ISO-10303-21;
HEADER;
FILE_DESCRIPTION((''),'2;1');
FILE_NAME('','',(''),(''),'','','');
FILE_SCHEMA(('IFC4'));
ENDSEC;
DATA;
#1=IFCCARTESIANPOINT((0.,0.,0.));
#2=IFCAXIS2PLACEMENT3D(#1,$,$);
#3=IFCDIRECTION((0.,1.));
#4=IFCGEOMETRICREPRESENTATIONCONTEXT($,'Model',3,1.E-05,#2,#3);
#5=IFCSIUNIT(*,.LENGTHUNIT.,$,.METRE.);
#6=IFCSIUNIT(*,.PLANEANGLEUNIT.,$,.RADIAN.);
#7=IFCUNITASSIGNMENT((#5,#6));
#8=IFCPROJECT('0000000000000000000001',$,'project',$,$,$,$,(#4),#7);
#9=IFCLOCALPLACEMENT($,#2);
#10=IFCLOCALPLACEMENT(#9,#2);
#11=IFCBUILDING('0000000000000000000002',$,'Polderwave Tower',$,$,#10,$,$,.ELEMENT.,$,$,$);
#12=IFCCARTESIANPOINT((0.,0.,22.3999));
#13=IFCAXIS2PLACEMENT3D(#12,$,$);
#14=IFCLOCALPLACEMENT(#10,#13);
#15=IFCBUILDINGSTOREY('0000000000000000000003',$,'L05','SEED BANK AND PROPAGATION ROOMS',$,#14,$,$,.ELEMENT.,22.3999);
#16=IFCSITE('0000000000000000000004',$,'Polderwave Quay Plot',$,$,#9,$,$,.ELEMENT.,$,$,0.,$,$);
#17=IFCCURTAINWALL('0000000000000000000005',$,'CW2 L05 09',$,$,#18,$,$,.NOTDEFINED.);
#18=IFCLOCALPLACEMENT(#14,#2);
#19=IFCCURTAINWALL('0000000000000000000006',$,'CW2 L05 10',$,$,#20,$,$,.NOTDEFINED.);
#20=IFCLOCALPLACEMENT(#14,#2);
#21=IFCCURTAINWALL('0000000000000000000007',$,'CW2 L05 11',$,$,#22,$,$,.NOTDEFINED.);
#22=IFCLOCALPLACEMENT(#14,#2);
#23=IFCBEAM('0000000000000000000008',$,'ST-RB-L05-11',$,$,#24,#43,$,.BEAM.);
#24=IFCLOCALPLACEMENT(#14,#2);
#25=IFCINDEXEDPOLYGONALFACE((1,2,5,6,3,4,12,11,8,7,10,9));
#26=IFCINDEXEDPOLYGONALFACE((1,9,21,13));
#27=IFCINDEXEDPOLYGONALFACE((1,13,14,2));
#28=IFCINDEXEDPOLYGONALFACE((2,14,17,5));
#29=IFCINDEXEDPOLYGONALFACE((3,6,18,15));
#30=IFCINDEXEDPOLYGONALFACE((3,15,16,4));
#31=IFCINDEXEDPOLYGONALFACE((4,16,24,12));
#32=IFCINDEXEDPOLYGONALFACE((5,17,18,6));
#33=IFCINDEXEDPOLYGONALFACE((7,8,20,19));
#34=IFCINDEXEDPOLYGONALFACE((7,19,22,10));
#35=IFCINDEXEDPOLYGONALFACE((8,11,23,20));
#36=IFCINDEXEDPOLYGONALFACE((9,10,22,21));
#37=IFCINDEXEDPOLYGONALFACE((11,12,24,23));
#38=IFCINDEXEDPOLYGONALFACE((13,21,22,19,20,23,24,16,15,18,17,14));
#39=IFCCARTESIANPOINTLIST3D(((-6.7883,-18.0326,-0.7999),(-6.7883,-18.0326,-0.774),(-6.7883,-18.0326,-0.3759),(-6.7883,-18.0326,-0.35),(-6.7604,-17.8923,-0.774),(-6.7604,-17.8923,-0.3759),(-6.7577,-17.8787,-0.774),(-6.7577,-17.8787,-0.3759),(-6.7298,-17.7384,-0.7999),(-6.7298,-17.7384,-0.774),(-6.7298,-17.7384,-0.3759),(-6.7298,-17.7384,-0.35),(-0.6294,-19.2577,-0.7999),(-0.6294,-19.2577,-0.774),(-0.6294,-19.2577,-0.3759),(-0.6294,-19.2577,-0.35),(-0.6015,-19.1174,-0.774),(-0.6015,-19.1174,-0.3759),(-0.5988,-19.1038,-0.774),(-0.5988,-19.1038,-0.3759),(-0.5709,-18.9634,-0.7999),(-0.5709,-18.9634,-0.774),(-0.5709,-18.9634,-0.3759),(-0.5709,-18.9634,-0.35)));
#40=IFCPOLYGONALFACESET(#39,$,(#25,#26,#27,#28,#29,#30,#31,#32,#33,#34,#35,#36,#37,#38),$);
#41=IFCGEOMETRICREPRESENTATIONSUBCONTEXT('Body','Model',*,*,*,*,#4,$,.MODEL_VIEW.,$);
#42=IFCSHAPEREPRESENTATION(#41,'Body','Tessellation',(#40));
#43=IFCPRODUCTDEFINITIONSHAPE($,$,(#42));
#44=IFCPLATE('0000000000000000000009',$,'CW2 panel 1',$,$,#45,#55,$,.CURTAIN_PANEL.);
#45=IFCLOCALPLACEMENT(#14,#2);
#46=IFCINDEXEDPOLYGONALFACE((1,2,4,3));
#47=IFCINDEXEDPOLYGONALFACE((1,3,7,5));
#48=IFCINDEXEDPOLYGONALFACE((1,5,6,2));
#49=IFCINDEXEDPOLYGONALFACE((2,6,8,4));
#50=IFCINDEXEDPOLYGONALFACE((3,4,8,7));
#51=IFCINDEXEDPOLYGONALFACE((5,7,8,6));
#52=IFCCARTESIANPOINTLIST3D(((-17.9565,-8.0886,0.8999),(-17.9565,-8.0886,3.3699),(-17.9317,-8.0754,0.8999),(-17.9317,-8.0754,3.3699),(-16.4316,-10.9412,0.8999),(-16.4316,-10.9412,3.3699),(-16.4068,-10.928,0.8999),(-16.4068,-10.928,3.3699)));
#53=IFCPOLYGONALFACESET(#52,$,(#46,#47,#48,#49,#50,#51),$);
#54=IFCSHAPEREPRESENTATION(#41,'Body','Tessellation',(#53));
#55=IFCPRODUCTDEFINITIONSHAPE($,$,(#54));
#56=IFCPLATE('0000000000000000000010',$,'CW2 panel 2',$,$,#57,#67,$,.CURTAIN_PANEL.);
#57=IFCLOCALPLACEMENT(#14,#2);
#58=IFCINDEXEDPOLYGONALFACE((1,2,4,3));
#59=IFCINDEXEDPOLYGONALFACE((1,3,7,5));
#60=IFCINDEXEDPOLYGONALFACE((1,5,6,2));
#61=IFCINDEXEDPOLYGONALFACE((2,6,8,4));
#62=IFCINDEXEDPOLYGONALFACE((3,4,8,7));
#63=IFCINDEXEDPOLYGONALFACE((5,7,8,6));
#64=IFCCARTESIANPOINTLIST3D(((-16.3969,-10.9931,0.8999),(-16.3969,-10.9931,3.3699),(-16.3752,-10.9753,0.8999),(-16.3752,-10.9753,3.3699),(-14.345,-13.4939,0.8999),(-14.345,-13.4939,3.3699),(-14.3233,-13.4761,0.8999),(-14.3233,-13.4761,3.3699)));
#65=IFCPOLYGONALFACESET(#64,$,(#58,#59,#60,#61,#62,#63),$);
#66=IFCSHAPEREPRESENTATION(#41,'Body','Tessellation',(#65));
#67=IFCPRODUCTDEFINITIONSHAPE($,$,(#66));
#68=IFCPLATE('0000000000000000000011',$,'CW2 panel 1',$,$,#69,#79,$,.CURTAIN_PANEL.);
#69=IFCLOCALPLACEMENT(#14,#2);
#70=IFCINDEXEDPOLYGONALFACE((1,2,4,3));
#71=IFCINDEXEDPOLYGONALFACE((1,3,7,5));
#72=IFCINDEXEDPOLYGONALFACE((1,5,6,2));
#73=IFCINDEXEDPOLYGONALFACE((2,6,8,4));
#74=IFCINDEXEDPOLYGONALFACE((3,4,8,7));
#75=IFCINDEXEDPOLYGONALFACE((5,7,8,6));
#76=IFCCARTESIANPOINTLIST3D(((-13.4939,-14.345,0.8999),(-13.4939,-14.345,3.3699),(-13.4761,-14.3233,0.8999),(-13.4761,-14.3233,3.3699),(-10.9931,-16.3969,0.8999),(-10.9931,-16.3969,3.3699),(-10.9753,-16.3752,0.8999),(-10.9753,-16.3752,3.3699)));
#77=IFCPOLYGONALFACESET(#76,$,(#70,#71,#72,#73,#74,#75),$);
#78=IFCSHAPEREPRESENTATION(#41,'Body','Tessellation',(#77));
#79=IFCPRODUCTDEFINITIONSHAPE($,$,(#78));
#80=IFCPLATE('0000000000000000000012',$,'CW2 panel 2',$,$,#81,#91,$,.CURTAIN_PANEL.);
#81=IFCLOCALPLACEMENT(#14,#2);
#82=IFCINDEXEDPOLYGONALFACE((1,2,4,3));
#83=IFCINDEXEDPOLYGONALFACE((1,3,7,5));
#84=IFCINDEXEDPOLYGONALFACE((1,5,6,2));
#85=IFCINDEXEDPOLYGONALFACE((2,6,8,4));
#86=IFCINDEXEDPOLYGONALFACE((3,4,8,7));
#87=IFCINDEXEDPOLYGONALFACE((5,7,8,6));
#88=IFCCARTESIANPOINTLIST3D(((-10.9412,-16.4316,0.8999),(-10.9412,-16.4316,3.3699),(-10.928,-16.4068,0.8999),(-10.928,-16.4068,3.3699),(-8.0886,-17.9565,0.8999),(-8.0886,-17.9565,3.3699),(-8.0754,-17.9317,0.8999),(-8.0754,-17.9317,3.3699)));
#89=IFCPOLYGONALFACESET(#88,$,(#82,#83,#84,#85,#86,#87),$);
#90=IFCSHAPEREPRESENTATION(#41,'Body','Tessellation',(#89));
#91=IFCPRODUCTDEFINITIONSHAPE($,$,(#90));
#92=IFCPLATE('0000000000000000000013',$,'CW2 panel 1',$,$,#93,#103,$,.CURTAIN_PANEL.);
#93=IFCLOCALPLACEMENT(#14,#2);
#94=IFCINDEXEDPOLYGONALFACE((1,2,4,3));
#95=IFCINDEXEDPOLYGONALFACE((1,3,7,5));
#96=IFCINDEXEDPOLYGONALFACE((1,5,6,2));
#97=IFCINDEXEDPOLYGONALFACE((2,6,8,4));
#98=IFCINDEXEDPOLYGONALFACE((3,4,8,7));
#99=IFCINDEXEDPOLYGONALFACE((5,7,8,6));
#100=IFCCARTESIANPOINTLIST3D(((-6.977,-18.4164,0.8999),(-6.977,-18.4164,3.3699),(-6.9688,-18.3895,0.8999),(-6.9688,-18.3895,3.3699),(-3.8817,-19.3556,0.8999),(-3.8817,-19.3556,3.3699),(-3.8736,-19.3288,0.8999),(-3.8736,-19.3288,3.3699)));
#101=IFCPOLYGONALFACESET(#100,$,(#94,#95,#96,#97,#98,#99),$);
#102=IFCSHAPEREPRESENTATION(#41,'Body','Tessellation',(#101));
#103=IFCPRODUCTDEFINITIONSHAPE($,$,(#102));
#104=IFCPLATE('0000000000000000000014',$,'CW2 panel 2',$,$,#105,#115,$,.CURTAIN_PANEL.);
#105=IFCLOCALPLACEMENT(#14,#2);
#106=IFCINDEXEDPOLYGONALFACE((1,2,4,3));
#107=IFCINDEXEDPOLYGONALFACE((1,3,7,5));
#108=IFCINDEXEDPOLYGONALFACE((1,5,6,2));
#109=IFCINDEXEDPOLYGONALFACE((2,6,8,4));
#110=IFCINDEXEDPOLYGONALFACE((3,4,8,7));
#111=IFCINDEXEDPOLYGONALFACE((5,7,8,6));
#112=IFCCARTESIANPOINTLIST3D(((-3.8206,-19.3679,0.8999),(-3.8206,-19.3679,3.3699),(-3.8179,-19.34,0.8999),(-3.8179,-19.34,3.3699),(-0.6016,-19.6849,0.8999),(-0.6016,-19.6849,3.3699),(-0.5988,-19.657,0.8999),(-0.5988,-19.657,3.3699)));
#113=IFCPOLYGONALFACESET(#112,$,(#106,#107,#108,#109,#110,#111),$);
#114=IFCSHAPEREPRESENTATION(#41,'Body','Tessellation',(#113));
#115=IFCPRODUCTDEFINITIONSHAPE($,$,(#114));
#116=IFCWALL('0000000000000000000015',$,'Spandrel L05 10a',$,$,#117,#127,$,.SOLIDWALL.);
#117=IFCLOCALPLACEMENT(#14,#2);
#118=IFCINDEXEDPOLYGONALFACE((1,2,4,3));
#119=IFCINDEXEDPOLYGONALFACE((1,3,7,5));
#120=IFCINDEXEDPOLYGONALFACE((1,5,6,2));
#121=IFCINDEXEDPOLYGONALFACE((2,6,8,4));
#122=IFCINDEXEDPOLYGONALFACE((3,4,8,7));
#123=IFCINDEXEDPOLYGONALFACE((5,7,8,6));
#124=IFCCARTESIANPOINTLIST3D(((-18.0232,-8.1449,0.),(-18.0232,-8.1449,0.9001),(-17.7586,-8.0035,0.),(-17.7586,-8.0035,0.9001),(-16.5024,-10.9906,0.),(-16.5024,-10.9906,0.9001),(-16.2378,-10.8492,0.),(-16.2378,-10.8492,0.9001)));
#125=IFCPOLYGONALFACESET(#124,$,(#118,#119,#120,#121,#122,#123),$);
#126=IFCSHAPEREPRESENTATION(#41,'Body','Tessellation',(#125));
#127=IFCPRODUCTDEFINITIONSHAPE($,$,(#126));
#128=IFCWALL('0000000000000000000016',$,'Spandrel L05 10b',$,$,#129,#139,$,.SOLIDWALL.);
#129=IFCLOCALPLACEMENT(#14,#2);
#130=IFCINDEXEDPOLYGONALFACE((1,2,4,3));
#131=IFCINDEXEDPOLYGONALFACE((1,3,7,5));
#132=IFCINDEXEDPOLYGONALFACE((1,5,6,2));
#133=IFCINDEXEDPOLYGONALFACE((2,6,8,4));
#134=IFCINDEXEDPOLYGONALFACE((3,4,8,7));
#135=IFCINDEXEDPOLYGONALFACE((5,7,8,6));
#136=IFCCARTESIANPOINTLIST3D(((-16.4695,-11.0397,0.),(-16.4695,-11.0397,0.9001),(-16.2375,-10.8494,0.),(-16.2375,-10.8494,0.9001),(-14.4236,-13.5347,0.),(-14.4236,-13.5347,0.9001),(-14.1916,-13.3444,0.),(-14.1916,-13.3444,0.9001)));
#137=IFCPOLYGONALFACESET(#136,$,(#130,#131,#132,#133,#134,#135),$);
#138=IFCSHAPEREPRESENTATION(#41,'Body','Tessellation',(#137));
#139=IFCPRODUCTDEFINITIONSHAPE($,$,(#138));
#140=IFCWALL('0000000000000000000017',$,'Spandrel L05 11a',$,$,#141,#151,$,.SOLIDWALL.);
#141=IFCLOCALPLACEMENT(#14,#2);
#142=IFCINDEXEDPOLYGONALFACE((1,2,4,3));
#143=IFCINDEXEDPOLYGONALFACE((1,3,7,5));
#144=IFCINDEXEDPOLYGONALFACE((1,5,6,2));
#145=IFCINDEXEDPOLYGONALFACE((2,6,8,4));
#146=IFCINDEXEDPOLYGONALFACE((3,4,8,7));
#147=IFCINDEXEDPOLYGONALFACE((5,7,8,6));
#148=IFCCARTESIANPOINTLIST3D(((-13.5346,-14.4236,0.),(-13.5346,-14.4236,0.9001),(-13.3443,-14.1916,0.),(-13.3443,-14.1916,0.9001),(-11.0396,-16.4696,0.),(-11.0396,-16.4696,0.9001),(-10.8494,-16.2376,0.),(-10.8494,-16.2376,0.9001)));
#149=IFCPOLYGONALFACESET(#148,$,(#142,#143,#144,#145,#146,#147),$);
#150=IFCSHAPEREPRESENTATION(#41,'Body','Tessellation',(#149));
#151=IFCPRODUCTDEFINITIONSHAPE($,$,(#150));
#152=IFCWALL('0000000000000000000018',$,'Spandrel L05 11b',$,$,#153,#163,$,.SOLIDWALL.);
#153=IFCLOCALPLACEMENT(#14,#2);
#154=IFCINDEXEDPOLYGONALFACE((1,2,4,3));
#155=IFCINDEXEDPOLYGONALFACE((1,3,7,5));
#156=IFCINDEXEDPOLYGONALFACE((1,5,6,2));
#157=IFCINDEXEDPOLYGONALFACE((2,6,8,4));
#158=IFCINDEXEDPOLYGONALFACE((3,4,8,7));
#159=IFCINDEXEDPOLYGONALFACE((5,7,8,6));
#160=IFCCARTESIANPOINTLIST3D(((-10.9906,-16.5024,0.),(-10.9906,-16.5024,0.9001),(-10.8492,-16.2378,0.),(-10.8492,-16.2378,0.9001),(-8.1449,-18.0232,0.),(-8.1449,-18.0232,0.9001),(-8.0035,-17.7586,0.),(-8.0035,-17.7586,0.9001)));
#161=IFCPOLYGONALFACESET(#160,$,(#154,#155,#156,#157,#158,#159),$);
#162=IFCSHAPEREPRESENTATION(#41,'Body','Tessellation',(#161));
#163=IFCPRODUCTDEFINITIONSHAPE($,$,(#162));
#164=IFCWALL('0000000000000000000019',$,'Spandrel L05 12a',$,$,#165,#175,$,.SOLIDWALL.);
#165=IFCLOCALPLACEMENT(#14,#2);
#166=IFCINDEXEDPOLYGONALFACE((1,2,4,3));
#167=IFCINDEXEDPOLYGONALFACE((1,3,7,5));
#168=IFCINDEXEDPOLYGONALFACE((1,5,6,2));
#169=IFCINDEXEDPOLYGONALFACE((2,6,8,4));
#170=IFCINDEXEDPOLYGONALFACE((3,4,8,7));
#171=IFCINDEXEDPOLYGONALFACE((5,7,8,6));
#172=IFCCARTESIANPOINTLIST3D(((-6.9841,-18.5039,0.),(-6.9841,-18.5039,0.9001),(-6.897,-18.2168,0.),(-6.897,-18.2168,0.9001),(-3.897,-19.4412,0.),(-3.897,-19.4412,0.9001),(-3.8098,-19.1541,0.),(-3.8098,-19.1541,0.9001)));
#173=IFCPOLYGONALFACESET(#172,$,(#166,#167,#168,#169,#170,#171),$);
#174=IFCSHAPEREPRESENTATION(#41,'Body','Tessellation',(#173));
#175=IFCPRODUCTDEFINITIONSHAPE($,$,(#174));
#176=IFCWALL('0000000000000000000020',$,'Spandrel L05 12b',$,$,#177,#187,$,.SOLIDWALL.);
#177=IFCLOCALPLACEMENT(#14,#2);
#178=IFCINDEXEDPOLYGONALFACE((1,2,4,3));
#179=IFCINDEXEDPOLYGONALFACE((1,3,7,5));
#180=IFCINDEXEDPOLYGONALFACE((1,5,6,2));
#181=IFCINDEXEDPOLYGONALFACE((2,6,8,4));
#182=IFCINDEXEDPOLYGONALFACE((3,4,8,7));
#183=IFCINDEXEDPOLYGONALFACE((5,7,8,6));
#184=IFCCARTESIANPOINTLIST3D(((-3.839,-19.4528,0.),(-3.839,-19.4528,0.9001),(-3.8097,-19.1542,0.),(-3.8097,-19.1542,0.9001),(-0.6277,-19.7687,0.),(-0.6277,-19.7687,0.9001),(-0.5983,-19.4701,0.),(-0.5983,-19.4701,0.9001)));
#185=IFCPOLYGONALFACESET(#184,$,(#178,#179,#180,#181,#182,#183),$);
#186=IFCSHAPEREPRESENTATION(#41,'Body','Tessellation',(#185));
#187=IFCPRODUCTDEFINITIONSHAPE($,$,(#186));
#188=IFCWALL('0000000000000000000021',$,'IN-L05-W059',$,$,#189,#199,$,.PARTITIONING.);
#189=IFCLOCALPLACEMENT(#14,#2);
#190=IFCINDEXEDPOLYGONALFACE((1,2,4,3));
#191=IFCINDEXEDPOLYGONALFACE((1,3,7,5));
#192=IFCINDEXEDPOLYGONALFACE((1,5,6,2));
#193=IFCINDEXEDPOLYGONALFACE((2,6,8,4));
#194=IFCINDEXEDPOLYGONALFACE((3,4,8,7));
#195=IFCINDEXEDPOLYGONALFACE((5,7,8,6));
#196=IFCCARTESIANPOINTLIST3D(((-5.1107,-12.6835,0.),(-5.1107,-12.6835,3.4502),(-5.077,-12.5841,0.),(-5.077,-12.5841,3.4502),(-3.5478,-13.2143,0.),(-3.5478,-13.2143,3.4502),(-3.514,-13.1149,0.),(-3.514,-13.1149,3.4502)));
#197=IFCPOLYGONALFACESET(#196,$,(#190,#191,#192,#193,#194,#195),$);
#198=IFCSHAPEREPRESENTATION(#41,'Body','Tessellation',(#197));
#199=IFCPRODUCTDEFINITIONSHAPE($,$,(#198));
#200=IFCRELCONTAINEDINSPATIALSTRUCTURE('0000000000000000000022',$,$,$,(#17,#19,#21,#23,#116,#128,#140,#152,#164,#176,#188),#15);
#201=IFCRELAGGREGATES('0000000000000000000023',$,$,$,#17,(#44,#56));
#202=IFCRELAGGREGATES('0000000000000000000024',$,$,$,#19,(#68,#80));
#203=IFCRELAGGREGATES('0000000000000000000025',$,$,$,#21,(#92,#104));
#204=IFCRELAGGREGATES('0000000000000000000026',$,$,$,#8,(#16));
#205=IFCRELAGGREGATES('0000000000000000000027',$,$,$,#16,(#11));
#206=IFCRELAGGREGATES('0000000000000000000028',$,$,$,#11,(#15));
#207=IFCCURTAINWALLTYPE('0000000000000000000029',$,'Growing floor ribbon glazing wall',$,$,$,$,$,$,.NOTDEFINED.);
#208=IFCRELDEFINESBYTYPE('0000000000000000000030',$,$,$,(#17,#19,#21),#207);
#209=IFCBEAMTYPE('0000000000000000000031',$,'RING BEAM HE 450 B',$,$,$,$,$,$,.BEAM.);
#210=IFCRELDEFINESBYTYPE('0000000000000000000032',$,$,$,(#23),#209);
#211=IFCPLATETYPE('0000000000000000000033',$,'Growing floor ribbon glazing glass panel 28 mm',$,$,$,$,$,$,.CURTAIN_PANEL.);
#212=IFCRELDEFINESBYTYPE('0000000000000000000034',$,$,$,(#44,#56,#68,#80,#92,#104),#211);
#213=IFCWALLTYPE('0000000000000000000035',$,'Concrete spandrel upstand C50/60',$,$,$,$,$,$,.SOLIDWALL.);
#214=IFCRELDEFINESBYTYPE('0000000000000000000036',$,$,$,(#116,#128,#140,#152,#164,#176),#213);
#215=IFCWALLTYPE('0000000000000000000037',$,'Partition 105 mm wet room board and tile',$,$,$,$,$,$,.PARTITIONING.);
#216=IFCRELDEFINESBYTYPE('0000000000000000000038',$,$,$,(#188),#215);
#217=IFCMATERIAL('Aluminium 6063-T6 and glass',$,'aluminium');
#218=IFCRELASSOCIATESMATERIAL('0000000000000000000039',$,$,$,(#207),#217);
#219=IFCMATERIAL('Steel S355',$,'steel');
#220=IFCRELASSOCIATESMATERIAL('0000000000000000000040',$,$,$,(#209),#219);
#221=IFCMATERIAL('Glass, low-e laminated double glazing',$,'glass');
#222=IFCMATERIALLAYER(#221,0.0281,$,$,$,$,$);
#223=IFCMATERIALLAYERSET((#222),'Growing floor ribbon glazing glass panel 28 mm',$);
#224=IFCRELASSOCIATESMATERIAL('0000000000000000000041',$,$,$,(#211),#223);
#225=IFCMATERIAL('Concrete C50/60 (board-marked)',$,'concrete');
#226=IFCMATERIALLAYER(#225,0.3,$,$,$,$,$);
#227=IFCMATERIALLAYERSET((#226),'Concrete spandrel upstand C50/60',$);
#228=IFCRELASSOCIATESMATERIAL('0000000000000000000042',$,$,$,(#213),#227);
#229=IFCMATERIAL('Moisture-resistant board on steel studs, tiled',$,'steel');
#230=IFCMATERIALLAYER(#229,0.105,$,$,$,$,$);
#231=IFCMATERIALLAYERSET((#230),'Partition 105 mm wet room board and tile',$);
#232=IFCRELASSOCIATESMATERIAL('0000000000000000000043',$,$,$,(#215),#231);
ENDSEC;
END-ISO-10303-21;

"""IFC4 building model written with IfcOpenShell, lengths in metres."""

from ifc_helpers import new_model, si_unit, direction, frame, frame_2d, origin, origin_2d, place, context, subcontext, project, spatial, rectangle, i_section, extrude, material, layer, layer_set, material_profile, profile_set, type_object, element, aggregate, save


model = new_model("IFC4")

# Units and contexts
model_context = context("Model", 3, precision=1e-05, world=origin(), true_north=direction((0.0, 1.0)))
body_context = subcontext(model_context, "Body", "Model", "MODEL_VIEW")
ifc_project = project(units=[si_unit("LENGTHUNIT", "METRE"), si_unit("PLANEANGLEUNIT", "RADIAN")], contexts=[model_context])

# Site, building, storey
site_placement = place(None, origin())
site = spatial("IfcSite", under=ifc_project, at=site_placement, Name="Polderwave Quay Plot", CompositionType="ELEMENT", RefElevation=0.0)
building_placement = place(site_placement, origin())
building = spatial("IfcBuilding", under=site, at=building_placement, Name="Polderwave Tower", CompositionType="ELEMENT")
storey_placement = place(building_placement, frame((0.0, 0.0, 22.3999)))
storey = spatial("IfcBuildingStorey", under=building, at=storey_placement, Name="L05", Description="SEED BANK AND PROPAGATION ROOMS", CompositionType="ELEMENT", Elevation=22.3999)

# Curtain walls
ifc_material_1 = material(Name="Aluminium 6063-T6 and glass", Category="aluminium")
curtain_wall_type = type_object("IfcCurtainWallType", Name="Growing floor ribbon glazing wall", PredefinedType="NOTDEFINED", material=ifc_material_1)
curtain_wall_1_placement = place(storey_placement, origin())
curtain_wall_1 = element("IfcCurtainWall", 1, at=curtain_wall_1_placement, inside=storey, type_object=curtain_wall_type, Name="CW2 L05 09", PredefinedType="NOTDEFINED")
curtain_wall_2_placement = place(storey_placement, origin())
curtain_wall_2 = element("IfcCurtainWall", 2, at=curtain_wall_2_placement, inside=storey, type_object=curtain_wall_type, Name="CW2 L05 10", PredefinedType="NOTDEFINED")
curtain_wall_3_placement = place(storey_placement, origin())
curtain_wall_3 = element("IfcCurtainWall", 3, at=curtain_wall_3_placement, inside=storey, type_object=curtain_wall_type, Name="CW2 L05 11", PredefinedType="NOTDEFINED")

# Beam
ifc_material_2 = material(Name="Steel S355", Category="steel")
ifc_material_profile_1 = material_profile(ifc_material_2, i_section(OverallWidth=0.3, OverallDepth=0.45, WebThickness=0.0139, FlangeThickness=0.0259, at=origin_2d()), Name="HE 450 B")
ifc_profile_set_1 = profile_set([ifc_material_profile_1], Name="Steel S355")
beam_type = type_object("IfcBeamType", Name="RING BEAM HE 450 B", PredefinedType="BEAM", material=ifc_profile_set_1)
beam_1_placement = place(storey_placement, frame((-6.759, -17.8855, -0.575), z_axis=(0.980785, -0.195092, 0.0), x_axis=(0.195092, 0.980785, 0.0)))
element("IfcBeam", 4, at=beam_1_placement, inside=storey, type_object=beam_type, Name="ST-RB-L05-11", PredefinedType="BEAM", context=body_context, shape_type="SweptSolid", body=[
    extrude(i_section(OverallWidth=0.3, OverallDepth=0.45, WebThickness=0.0139, FlangeThickness=0.0259, at=origin_2d()), origin(), (0.0, 0.0, 1.0), 6.2795),
])

# Plates
ifc_material_3 = material(Name="Glass, low-e laminated double glazing", Category="glass")
ifc_layer_1 = layer(ifc_material_3, 0.0281)
ifc_layer_set_1 = layer_set([ifc_layer_1], Name="Growing floor ribbon glazing glass panel 28 mm")
plate_type = type_object("IfcPlateType", Name="Growing floor ribbon glazing glass panel 28 mm", PredefinedType="CURTAIN_PANEL", material=ifc_layer_set_1)
plate_1_placement = place(storey_placement, frame((-17.1816, -9.5083, 0.8999), z_axis=(0.0, 0.0, 1.0), x_axis=(0.471431, -0.881903, 0.0)))
plate_1 = element("IfcPlate", 5, at=plate_1_placement, type_object=plate_type, Name="CW2 panel 1", PredefinedType="CURTAIN_PANEL", context=body_context, shape_type="SweptSolid", body=[
    extrude(rectangle(XDim=3.2346, YDim=0.0281, at=origin_2d()), origin(), (0.0, 0.0, 1.0), 2.47),
])
plate_2_placement = place(storey_placement, frame((-15.3601, -12.2346, 0.8999), z_axis=(0.0, 0.0, 1.0), x_axis=(0.634322, -0.773069, 0.0)))
plate_2 = element("IfcPlate", 6, at=plate_2_placement, type_object=plate_type, Name="CW2 panel 2", PredefinedType="CURTAIN_PANEL", context=body_context, shape_type="SweptSolid", body=[
    extrude(rectangle(XDim=3.2349, YDim=0.0281, at=origin_2d()), origin(), (0.0, 0.0, 1.0), 2.47),
])
aggregate(curtain_wall_1, [plate_1, plate_2])
plate_3_placement = place(storey_placement, frame((-12.2346, -15.3601, 0.8999), z_axis=(0.0, 0.0, 1.0), x_axis=(0.773069, -0.634322, 0.0)))
plate_3 = element("IfcPlate", 7, at=plate_3_placement, type_object=plate_type, Name="CW2 panel 1", PredefinedType="CURTAIN_PANEL", context=body_context, shape_type="SweptSolid", body=[
    extrude(rectangle(XDim=3.2349, YDim=0.0281, at=origin_2d()), origin(), (0.0, 0.0, 1.0), 2.47),
])
plate_4_placement = place(storey_placement, frame((-9.5083, -17.1816, 0.8999), z_axis=(0.0, 0.0, 1.0), x_axis=(0.881903, -0.471431, 0.0)))
plate_4 = element("IfcPlate", 8, at=plate_4_placement, type_object=plate_type, Name="CW2 panel 2", PredefinedType="CURTAIN_PANEL", context=body_context, shape_type="SweptSolid", body=[
    extrude(rectangle(XDim=3.2346, YDim=0.0281, at=origin_2d()), origin(), (0.0, 0.0, 1.0), 2.47),
])
aggregate(curtain_wall_2, [plate_3, plate_4])
plate_5_placement = place(storey_placement, frame((-5.4253, -18.8726, 0.8999), z_axis=(0.0, 0.0, 1.0), x_axis=(0.956911, -0.290382, 0.0)))
plate_5 = element("IfcPlate", 9, at=plate_5_placement, type_object=plate_type, Name="CW2 panel 1", PredefinedType="CURTAIN_PANEL", context=body_context, shape_type="SweptSolid", body=[
    extrude(rectangle(XDim=3.2346, YDim=0.0281, at=origin_2d()), origin(), (0.0, 0.0, 1.0), 2.47),
])
plate_6_placement = place(storey_placement, frame((-2.2097, -19.5125, 0.8999), z_axis=(0.0, 0.0, 1.0), x_axis=(0.995185, -0.098017, 0.0)))
plate_6 = element("IfcPlate", 10, at=plate_6_placement, type_object=plate_type, Name="CW2 panel 2", PredefinedType="CURTAIN_PANEL", context=body_context, shape_type="SweptSolid", body=[
    extrude(rectangle(XDim=3.2346, YDim=0.0281, at=origin_2d()), origin(), (0.0, 0.0, 1.0), 2.47),
])
aggregate(curtain_wall_3, [plate_5, plate_6])

# Walls
ifc_material_4 = material(Name="Concrete C50/60 (board-marked)", Category="concrete")
ifc_layer_2 = layer(ifc_material_4, 0.3)
ifc_layer_set_2 = layer_set([ifc_layer_2], Name="Concrete spandrel upstand C50/60")
wall_type_1 = type_object("IfcWallType", Name="Concrete spandrel upstand C50/60", PredefinedType="SOLIDWALL", material=ifc_layer_set_2)
for number, where, z_axis, x_axis, name in (
    (11, (-17.8909, -8.0742, 0.0), (0.0, 0.0, 1.0), (0.471322, -0.881961, 0.0), "Spandrel L05 10a"),
    (12, (-16.3535, -10.9446, 0.0), (0.0, 0.0, 1.0), (0.634099, -0.773252, 0.0), "Spandrel L05 10b"),
    (13, (-13.4395, -14.3076, 0.0), (0.0, 0.0, 1.0), (0.773252, -0.634099, 0.0), "Spandrel L05 11a"),
    (14, (-10.9199, -16.3701, 0.0), (0.0, 0.0, 1.0), (0.881961, -0.471322, 0.0), "Spandrel L05 11b"),
):
    element("IfcWall", number, at=place(storey_placement, frame(where, z_axis=z_axis, x_axis=x_axis)), inside=storey, type_object=wall_type_1, Name=name, PredefinedType="SOLIDWALL", context=body_context, shape_type="SweptSolid", body=[
        extrude(rectangle(XDim=3.2266, YDim=0.3, at=frame_2d((1.6133, 0.0))), origin(), (0.0, 0.0, 1.0), 0.9001),
    ])
wall_1_placement = place(storey_placement, frame((-6.9407, -18.3604, 0.0), z_axis=(0.0, 0.0, 1.0), x_axis=(0.956873, -0.290505, 0.0)))
element("IfcWall", 15, at=wall_1_placement, inside=storey, type_object=wall_type_1, Name="Spandrel L05 12a", PredefinedType="SOLIDWALL", context=body_context, shape_type="SweptSolid", body=[
    extrude(rectangle(XDim=3.2263, YDim=0.3, at=frame_2d((1.6133, 0.0))), origin(), (0.0, 0.0, 1.0), 0.9001),
])
wall_2_placement = place(storey_placement, frame((-3.8242, -19.3035, 0.0), z_axis=(0.0, 0.0, 1.0), x_axis=(0.995196, -0.097901, 0.0)))
element("IfcWall", 16, at=wall_2_placement, inside=storey, type_object=wall_type_1, Name="Spandrel L05 12b", PredefinedType="SOLIDWALL", context=body_context, shape_type="SweptSolid", body=[
    extrude(rectangle(XDim=3.2268, YDim=0.3, at=frame_2d((1.6133, 0.0))), origin(), (0.0, 0.0, 1.0), 0.9001),
])
ifc_material_5 = material(Name="Moisture-resistant board on steel studs, tiled", Category="steel")
ifc_layer_3 = layer(ifc_material_5, 0.105)
ifc_layer_set_3 = layer_set([ifc_layer_3], Name="Partition 105 mm wet room board and tile")
wall_type_2 = type_object("IfcWallType", Name="Partition 105 mm wet room board and tile", PredefinedType="PARTITIONING", material=ifc_layer_set_3)
wall_3_placement = place(storey_placement, frame((-3.531, -13.1646, 0.0), z_axis=(0.0, 0.0, 1.0), x_axis=(-0.946893, 0.321547, 0.0)))
element("IfcWall", 17, at=wall_3_placement, inside=storey, type_object=wall_type_2, Name="IN-L05-W059", PredefinedType="PARTITIONING", context=body_context, shape_type="SweptSolid", body=[
    extrude(rectangle(XDim=1.6506, YDim=0.105, at=frame_2d((0.8252, 0.0))), origin(), (0.0, 0.0, 1.0), 3.4502),
])

save(model, "model.ifc")
